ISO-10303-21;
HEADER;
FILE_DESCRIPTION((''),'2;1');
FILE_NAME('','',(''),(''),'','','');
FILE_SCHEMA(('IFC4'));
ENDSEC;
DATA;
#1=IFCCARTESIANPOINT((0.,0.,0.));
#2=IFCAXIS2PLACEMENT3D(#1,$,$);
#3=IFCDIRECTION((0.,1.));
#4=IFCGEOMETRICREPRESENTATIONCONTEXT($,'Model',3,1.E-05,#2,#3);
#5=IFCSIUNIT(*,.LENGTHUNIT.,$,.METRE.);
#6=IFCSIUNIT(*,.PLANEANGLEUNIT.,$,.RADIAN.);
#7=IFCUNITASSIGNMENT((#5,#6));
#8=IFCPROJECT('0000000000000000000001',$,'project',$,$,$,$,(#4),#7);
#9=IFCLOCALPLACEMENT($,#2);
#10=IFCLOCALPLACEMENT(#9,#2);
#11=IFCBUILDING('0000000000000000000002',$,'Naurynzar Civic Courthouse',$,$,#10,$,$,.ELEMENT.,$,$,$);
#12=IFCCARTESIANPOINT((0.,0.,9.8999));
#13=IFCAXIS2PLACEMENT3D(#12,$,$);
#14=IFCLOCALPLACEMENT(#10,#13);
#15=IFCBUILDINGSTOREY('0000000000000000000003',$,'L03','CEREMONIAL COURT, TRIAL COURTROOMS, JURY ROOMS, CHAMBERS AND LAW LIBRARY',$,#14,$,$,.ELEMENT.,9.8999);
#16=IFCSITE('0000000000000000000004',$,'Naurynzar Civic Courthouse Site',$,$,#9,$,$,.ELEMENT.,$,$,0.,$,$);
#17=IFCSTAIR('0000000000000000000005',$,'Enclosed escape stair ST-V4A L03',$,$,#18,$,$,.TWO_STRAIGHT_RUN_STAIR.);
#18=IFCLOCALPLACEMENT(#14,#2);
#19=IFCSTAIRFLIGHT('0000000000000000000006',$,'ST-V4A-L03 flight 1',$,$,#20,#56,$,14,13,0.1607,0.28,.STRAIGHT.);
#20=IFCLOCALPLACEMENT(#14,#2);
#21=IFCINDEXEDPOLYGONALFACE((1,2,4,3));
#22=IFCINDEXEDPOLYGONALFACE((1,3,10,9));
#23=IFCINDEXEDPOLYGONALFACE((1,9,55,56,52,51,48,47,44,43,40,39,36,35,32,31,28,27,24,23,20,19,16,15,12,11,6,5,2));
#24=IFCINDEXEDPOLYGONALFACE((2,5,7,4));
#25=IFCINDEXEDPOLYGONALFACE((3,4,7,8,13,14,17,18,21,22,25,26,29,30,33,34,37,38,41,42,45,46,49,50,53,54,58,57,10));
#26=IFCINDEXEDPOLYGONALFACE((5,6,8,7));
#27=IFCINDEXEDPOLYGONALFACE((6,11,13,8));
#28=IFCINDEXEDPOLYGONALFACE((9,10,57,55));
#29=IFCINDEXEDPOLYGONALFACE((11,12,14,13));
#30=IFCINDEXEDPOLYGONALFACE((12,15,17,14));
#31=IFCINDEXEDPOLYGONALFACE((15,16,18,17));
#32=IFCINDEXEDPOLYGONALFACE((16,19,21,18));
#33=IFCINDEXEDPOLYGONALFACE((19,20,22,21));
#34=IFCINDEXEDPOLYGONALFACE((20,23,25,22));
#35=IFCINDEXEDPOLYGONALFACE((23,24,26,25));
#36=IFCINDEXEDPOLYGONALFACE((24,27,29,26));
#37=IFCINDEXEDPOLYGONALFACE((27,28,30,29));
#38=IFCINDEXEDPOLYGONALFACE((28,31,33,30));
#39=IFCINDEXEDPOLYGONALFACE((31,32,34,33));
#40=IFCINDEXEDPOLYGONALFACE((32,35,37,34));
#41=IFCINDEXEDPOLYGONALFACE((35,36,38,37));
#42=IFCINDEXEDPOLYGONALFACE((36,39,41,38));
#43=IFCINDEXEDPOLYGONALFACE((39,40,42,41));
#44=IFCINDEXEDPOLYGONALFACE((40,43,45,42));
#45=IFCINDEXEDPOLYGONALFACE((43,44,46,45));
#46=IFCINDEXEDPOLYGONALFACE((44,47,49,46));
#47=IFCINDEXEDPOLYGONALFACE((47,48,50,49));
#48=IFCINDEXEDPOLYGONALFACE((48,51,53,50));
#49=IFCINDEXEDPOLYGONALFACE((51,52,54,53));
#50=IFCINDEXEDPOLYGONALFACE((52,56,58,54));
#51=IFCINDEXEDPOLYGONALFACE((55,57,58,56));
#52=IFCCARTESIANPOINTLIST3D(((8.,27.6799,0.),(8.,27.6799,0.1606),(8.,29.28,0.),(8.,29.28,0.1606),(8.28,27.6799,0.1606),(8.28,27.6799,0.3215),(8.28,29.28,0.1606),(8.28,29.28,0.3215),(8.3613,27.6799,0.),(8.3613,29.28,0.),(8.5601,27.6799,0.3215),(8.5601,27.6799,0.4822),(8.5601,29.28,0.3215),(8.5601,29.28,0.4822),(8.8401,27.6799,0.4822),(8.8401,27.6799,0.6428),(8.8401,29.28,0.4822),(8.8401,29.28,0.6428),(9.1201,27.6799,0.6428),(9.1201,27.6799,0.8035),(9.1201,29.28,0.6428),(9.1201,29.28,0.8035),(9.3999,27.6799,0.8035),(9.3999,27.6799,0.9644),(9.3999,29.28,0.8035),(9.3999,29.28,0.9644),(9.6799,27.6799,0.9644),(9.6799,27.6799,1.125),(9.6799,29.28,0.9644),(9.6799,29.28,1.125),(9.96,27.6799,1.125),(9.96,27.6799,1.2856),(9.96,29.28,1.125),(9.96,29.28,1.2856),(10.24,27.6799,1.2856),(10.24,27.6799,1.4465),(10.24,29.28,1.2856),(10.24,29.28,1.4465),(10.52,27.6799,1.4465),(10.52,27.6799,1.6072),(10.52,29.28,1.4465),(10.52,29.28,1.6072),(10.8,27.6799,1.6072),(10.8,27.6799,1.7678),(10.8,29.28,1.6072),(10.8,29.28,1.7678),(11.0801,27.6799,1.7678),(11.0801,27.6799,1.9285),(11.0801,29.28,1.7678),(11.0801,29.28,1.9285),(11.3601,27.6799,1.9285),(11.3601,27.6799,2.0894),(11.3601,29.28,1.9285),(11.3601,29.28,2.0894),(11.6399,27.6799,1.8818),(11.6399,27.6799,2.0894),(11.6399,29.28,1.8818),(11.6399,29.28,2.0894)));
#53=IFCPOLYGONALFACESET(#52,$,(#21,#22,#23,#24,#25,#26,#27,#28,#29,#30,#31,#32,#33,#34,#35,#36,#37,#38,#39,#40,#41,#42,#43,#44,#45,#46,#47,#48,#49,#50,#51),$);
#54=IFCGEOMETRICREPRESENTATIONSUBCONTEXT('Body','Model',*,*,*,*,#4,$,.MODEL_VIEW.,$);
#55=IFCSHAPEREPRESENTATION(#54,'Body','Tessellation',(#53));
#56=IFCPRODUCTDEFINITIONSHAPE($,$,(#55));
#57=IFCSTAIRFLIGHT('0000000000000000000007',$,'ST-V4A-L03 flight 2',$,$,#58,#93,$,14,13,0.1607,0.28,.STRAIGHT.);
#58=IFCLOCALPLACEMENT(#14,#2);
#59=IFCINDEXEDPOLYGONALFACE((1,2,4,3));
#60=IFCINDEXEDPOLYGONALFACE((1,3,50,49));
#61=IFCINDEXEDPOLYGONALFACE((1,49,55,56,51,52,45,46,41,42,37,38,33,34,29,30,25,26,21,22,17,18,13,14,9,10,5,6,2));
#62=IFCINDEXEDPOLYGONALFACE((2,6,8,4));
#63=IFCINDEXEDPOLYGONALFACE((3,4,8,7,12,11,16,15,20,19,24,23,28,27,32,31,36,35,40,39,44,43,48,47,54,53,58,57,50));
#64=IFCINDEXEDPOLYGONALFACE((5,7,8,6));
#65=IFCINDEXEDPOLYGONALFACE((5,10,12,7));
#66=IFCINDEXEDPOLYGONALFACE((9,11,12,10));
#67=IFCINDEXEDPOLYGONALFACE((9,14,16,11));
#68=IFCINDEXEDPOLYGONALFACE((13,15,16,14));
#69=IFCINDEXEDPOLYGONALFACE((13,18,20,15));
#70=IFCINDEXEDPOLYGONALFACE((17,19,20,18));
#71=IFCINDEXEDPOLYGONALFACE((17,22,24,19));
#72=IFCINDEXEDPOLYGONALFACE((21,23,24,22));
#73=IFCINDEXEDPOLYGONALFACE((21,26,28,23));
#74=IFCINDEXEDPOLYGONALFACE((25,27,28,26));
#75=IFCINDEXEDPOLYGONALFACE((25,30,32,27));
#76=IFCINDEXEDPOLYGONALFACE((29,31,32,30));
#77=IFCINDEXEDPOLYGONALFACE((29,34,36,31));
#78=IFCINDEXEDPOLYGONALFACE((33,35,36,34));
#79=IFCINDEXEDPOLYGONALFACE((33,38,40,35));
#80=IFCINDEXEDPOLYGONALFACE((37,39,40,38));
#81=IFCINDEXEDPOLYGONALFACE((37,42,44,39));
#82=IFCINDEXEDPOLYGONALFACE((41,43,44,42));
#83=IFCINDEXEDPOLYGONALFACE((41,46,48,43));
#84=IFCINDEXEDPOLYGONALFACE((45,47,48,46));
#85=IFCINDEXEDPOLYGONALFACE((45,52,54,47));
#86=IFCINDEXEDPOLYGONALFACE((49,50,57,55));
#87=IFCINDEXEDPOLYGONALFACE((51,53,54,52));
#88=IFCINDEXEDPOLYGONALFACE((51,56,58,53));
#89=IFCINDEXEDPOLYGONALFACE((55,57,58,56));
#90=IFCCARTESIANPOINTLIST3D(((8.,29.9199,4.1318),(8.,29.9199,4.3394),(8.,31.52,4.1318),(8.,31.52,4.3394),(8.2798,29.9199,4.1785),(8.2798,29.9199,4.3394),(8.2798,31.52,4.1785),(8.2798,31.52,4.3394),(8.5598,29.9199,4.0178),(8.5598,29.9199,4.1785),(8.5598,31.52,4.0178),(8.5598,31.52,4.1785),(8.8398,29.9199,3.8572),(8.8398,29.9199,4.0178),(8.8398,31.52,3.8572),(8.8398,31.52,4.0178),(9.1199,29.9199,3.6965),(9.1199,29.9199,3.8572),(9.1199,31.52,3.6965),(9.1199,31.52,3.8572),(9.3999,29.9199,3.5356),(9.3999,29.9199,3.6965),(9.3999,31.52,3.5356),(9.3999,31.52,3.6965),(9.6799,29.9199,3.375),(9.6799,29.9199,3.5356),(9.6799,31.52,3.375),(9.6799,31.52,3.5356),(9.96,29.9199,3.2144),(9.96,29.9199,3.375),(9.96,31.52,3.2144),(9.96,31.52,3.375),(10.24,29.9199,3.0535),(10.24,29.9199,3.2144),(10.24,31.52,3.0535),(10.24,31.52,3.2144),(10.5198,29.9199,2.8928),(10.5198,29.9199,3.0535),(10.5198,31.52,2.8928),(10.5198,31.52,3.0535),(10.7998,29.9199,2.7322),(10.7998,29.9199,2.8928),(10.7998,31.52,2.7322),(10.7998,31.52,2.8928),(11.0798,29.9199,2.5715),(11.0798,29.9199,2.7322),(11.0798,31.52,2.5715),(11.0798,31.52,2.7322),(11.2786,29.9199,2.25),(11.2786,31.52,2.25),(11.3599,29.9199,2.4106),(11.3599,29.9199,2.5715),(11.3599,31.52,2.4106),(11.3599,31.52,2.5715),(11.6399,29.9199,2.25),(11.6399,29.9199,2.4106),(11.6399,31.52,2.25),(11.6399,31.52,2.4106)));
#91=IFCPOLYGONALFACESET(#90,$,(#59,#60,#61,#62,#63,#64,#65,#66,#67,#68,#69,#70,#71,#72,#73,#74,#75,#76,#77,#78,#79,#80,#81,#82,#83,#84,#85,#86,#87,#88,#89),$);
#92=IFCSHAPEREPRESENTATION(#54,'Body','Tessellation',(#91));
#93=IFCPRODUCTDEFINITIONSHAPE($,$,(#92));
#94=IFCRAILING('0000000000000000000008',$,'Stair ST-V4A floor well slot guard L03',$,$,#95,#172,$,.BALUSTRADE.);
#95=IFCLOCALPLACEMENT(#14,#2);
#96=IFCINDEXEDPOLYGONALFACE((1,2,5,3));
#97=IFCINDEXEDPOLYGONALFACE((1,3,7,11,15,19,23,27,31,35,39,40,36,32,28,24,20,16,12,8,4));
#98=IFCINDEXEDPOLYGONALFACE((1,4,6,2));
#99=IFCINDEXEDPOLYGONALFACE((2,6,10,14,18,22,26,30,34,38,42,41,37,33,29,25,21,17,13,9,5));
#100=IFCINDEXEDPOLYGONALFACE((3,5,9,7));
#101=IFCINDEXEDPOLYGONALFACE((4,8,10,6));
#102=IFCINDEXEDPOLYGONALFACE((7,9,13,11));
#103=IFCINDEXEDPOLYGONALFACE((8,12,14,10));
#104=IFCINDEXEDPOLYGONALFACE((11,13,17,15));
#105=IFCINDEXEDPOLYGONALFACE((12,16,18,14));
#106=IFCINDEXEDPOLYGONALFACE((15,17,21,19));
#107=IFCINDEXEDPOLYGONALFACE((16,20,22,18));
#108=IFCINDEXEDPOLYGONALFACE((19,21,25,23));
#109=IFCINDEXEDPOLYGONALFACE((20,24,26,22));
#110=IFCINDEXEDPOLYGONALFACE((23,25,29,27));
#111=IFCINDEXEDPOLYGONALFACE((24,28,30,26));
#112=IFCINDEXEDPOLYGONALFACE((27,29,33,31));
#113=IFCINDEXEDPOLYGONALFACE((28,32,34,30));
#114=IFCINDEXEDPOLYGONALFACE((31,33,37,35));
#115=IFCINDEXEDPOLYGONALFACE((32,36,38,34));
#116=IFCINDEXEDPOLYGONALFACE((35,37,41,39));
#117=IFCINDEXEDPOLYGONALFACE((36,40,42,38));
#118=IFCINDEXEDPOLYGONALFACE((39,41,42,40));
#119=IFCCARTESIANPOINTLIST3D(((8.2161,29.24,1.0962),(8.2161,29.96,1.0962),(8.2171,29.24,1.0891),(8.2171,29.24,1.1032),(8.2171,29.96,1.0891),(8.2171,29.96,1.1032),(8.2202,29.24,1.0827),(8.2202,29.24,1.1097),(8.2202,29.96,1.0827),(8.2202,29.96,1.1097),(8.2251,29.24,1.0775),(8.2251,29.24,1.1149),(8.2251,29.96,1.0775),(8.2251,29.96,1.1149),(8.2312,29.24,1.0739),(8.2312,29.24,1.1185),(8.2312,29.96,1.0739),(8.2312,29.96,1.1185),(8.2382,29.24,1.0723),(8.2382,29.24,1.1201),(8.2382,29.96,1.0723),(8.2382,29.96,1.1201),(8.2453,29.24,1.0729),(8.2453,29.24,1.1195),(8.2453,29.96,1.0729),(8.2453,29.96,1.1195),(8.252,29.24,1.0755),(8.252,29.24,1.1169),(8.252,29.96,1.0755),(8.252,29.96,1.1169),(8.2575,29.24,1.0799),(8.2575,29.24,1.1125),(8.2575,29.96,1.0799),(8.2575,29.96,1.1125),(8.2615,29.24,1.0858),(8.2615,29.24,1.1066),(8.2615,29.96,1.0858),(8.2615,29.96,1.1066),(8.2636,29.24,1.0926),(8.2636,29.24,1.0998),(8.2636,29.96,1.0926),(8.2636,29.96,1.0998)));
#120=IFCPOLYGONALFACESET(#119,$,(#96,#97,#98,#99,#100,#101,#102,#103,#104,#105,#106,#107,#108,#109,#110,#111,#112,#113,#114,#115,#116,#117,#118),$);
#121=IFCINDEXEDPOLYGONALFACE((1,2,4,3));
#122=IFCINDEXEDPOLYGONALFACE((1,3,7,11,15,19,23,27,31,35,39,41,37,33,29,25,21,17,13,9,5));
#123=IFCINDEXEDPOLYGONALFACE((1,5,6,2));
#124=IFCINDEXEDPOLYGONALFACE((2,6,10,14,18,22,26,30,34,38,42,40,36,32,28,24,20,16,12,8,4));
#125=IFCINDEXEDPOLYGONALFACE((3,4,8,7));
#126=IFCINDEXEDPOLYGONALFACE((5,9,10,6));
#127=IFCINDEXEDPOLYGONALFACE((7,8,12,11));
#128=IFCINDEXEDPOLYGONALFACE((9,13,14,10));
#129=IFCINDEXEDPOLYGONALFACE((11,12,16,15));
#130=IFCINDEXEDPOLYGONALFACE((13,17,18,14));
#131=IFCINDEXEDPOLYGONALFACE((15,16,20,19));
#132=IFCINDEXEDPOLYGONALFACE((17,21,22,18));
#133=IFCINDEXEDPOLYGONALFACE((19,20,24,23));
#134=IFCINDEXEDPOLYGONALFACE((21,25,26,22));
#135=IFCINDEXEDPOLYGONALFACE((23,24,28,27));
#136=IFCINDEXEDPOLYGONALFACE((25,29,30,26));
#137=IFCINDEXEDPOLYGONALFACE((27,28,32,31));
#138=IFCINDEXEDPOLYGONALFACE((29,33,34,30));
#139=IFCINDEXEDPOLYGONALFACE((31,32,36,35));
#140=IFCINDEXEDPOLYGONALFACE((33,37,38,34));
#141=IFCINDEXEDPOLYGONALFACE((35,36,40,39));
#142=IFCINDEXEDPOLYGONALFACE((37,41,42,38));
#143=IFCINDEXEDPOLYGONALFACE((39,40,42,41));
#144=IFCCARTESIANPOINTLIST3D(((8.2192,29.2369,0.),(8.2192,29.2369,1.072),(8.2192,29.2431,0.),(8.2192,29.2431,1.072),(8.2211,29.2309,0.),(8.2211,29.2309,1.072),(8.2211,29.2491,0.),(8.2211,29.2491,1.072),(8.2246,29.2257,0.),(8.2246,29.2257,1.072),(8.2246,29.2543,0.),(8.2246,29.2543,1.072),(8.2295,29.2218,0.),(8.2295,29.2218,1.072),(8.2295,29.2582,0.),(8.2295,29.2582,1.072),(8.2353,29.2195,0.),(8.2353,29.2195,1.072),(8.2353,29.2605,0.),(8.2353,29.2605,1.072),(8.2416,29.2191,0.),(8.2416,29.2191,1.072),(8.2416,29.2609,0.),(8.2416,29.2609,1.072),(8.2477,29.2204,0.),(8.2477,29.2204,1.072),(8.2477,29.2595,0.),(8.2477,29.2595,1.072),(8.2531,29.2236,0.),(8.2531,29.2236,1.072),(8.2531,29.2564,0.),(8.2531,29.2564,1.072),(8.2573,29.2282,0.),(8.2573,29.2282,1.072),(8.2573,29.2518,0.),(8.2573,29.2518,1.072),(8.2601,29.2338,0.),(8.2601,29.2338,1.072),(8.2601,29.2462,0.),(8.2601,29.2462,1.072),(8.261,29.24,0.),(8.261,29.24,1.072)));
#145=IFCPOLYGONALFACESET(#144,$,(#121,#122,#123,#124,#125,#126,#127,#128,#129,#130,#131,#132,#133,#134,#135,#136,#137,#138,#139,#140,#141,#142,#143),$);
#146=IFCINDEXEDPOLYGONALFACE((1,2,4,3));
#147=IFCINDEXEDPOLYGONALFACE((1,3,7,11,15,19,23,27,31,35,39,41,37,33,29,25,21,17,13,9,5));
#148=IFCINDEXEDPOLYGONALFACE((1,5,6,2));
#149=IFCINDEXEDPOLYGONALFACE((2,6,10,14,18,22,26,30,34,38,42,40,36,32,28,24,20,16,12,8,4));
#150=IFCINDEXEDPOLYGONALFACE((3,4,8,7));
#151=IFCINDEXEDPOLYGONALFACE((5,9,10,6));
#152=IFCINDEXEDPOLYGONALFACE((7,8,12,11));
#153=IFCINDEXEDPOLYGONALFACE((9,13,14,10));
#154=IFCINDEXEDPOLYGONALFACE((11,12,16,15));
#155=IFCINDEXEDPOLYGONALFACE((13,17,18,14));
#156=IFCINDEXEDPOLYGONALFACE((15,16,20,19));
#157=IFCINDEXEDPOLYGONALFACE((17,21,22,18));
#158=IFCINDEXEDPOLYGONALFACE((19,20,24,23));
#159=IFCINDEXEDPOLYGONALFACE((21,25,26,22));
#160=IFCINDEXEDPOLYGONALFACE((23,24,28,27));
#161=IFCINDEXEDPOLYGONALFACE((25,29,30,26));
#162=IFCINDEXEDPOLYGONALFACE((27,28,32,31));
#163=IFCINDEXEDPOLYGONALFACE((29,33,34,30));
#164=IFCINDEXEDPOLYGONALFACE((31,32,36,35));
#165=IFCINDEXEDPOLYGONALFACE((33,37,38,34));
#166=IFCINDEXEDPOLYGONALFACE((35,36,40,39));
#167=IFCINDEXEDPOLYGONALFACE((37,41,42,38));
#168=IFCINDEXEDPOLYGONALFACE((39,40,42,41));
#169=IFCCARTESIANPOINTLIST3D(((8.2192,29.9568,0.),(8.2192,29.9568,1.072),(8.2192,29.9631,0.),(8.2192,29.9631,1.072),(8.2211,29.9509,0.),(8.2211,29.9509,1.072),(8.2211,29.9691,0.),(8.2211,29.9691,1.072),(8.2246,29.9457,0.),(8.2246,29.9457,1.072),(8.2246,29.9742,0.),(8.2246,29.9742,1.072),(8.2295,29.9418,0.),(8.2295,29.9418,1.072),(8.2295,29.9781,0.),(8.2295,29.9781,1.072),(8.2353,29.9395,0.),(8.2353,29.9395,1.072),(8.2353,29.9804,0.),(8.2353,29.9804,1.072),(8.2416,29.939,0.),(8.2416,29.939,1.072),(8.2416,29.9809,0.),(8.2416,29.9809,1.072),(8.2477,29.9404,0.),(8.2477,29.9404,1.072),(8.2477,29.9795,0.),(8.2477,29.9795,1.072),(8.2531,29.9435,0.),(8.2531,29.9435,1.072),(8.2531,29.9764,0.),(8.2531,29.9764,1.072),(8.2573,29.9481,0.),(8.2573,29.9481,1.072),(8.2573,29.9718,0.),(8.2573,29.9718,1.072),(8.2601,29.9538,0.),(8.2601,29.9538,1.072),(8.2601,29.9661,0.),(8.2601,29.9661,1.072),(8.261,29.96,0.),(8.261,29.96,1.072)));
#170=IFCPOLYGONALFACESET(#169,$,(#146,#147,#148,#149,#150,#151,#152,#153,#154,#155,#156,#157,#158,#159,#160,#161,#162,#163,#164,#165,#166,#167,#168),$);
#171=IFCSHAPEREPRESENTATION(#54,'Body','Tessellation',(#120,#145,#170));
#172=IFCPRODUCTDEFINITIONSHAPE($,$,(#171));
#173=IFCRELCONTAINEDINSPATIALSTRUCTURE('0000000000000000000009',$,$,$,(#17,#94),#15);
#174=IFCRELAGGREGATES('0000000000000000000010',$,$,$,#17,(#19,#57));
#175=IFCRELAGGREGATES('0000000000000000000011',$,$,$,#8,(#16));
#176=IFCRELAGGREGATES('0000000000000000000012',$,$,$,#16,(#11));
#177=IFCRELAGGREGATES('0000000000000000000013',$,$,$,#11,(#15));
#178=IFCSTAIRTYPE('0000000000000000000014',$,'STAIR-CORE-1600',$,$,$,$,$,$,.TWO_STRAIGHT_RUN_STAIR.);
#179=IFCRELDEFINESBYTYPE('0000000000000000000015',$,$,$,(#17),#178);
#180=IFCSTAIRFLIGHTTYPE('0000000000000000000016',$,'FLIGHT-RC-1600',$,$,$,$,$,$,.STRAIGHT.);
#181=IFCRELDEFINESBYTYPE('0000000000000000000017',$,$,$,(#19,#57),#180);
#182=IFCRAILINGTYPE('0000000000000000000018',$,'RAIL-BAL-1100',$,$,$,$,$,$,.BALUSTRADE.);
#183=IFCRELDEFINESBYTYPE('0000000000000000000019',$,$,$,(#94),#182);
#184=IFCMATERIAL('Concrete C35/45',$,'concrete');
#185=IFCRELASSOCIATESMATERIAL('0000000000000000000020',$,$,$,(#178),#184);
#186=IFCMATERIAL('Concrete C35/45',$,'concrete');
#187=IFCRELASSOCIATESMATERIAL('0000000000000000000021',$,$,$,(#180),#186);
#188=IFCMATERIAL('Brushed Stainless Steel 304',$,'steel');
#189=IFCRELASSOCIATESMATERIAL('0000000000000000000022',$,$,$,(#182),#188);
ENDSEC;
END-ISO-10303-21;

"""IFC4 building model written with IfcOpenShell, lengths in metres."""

from ifc_helpers import new_model, si_unit, direction, frame, origin, origin_2d, place, context, subcontext, project, spatial, polyline, circle, outline, extrude, material, type_object, element, aggregate, save


model = new_model("IFC4")

# Units and contexts
model_context = context("Model", 3, precision=1e-05, world=origin(), true_north=direction((0.0, 1.0)))
body_context = subcontext(model_context, "Body", "Model", "MODEL_VIEW")
ifc_project = project(units=[si_unit("LENGTHUNIT", "METRE"), si_unit("PLANEANGLEUNIT", "RADIAN")], contexts=[model_context])

# Site, building, storey
site_placement = place(None, origin())
site = spatial("IfcSite", under=ifc_project, at=site_placement, Name="Naurynzar Civic Courthouse Site", CompositionType="ELEMENT", RefElevation=0.0)
building_placement = place(site_placement, origin())
building = spatial("IfcBuilding", under=site, at=building_placement, Name="Naurynzar Civic Courthouse", CompositionType="ELEMENT")
storey_placement = place(building_placement, frame((0.0, 0.0, 9.8999)))
storey = spatial("IfcBuildingStorey", under=building, at=storey_placement, Name="L03", Description="CEREMONIAL COURT, TRIAL COURTROOMS, JURY ROOMS, CHAMBERS AND LAW LIBRARY", CompositionType="ELEMENT", Elevation=9.8999)

# Stair, stair flights
ifc_material_1 = material(Name="Concrete C35/45", Category="concrete")
stair_type = type_object("IfcStairType", Name="STAIR-CORE-1600", PredefinedType="TWO_STRAIGHT_RUN_STAIR", material=ifc_material_1)
stair_placement = place(storey_placement, origin())
stair = element("IfcStair", 1, at=stair_placement, inside=storey, type_object=stair_type, Name="Enclosed escape stair ST-V4A L03", PredefinedType="TWO_STRAIGHT_RUN_STAIR")
ifc_material_2 = material(Name="Concrete C35/45", Category="concrete")
stair_flight_type = type_object("IfcStairFlightType", Name="FLIGHT-RC-1600", PredefinedType="STRAIGHT", material=ifc_material_2)
stair_flight_1_placement = place(storey_placement, frame((8.0, 28.48, 0.0), z_axis=(0.0, 0.0, 1.0), x_axis=(1.0, 0.0, 0.0)))
stair_flight_1 = element("IfcStairFlight", 2, at=stair_flight_1_placement, type_object=stair_flight_type, Name="ST-V4A-L03 flight 1", NumberOfRisers=14, NumberOfTreads=13, PredefinedType="STRAIGHT", RiserHeight=0.1607, TreadLength=0.28, context=body_context, shape_type="SweptSolid", body=[
    extrude(outline(polyline([(0.0, 0.0), (0.0, 0.1606), (0.28, 0.1606), (0.28, 0.3215), (0.5601, 0.3215), (0.5601, 0.4822), (0.8401, 0.4822), (0.8401, 0.6428), (1.1201, 0.6428), (1.1201, 0.8035), (1.3999, 0.8035), (1.3999, 0.9644), (1.6799, 0.9644), (1.6799, 1.125), (1.96, 1.125), (1.96, 1.2856), (2.24, 1.2856), (2.24, 1.4465), (2.52, 1.4465), (2.52, 1.6072), (2.8, 1.6072), (2.8, 1.7678), (3.0801, 1.7678), (3.0801, 1.9285), (3.3601, 1.9285), (3.3601, 2.0894), (3.6399, 2.0894), (3.6399, 2.25), (3.6399, 1.8818), (0.3613, 0.0), (0.0, 0.0)])), frame((0.0, 0.8, 0.0), z_axis=(0.0, -1.0, 0.0), x_axis=(1.0, 0.0, 0.0)), (0.0, 0.0, 1.0), 1.6001),
])
stair_flight_2_placement = place(storey_placement, frame((11.6399, 30.72, 2.25), z_axis=(0.0, 0.0, 1.0), x_axis=(-1.0, 0.0, 0.0)))
stair_flight_2 = element("IfcStairFlight", 3, at=stair_flight_2_placement, type_object=stair_flight_type, Name="ST-V4A-L03 flight 2", NumberOfRisers=14, NumberOfTreads=13, PredefinedType="STRAIGHT", RiserHeight=0.1607, TreadLength=0.28, context=body_context, shape_type="SweptSolid", body=[
    extrude(outline(polyline([(0.0, 0.0), (0.0, 0.1606), (0.28, 0.1606), (0.28, 0.3215), (0.5601, 0.3215), (0.5601, 0.4822), (0.8401, 0.4822), (0.8401, 0.6428), (1.1201, 0.6428), (1.1201, 0.8035), (1.3999, 0.8035), (1.3999, 0.9644), (1.6799, 0.9644), (1.6799, 1.125), (1.96, 1.125), (1.96, 1.2856), (2.24, 1.2856), (2.24, 1.4465), (2.52, 1.4465), (2.52, 1.6072), (2.8, 1.6072), (2.8, 1.7678), (3.0801, 1.7678), (3.0801, 1.9285), (3.3601, 1.9285), (3.3601, 2.0894), (3.6399, 2.0894), (3.6399, 2.25), (3.6399, 1.8818), (0.3613, 0.0), (0.0, 0.0)])), frame((0.0, 0.8, 0.0), z_axis=(0.0, -1.0, 0.0), x_axis=(1.0, 0.0, 0.0)), (0.0, 0.0, 1.0), 1.6001),
])
aggregate(stair, [stair_flight_1, stair_flight_2])

# Railing
ifc_material_3 = material(Name="Brushed Stainless Steel 304", Category="steel")
railing_type_1 = type_object("IfcRailingType", Name="RAIL-BAL-1100", PredefinedType="BALUSTRADE", material=ifc_material_3)
for number, where, name in (
    (4, (8.24, 29.24, 0.0), "Stair ST-V4A floor well slot guard L03"),
):
    element("IfcRailing", number, at=place(storey_placement, frame(where)), inside=storey, type_object=railing_type_1, Name=name, PredefinedType="BALUSTRADE", context=body_context, shape_type="SweptSolid", body=[
        extrude(circle(Radius=0.0239, at=origin_2d()), frame((0.0, 0.0, 1.0962), z_axis=(0.0, 1.0, 0.0), x_axis=(-1.0, 0.0, 0.0)), (0.0, 0.0, 1.0), 0.72),
        extrude(circle(Radius=0.021, at=origin_2d()), origin(), (0.0, 0.0, 1.0), 1.072),
        extrude(circle(Radius=0.021, at=origin_2d()), frame((0.0, 0.72, 0.0)), (0.0, 0.0, 1.0), 1.072),
    ])

save(model, "model.ifc")
